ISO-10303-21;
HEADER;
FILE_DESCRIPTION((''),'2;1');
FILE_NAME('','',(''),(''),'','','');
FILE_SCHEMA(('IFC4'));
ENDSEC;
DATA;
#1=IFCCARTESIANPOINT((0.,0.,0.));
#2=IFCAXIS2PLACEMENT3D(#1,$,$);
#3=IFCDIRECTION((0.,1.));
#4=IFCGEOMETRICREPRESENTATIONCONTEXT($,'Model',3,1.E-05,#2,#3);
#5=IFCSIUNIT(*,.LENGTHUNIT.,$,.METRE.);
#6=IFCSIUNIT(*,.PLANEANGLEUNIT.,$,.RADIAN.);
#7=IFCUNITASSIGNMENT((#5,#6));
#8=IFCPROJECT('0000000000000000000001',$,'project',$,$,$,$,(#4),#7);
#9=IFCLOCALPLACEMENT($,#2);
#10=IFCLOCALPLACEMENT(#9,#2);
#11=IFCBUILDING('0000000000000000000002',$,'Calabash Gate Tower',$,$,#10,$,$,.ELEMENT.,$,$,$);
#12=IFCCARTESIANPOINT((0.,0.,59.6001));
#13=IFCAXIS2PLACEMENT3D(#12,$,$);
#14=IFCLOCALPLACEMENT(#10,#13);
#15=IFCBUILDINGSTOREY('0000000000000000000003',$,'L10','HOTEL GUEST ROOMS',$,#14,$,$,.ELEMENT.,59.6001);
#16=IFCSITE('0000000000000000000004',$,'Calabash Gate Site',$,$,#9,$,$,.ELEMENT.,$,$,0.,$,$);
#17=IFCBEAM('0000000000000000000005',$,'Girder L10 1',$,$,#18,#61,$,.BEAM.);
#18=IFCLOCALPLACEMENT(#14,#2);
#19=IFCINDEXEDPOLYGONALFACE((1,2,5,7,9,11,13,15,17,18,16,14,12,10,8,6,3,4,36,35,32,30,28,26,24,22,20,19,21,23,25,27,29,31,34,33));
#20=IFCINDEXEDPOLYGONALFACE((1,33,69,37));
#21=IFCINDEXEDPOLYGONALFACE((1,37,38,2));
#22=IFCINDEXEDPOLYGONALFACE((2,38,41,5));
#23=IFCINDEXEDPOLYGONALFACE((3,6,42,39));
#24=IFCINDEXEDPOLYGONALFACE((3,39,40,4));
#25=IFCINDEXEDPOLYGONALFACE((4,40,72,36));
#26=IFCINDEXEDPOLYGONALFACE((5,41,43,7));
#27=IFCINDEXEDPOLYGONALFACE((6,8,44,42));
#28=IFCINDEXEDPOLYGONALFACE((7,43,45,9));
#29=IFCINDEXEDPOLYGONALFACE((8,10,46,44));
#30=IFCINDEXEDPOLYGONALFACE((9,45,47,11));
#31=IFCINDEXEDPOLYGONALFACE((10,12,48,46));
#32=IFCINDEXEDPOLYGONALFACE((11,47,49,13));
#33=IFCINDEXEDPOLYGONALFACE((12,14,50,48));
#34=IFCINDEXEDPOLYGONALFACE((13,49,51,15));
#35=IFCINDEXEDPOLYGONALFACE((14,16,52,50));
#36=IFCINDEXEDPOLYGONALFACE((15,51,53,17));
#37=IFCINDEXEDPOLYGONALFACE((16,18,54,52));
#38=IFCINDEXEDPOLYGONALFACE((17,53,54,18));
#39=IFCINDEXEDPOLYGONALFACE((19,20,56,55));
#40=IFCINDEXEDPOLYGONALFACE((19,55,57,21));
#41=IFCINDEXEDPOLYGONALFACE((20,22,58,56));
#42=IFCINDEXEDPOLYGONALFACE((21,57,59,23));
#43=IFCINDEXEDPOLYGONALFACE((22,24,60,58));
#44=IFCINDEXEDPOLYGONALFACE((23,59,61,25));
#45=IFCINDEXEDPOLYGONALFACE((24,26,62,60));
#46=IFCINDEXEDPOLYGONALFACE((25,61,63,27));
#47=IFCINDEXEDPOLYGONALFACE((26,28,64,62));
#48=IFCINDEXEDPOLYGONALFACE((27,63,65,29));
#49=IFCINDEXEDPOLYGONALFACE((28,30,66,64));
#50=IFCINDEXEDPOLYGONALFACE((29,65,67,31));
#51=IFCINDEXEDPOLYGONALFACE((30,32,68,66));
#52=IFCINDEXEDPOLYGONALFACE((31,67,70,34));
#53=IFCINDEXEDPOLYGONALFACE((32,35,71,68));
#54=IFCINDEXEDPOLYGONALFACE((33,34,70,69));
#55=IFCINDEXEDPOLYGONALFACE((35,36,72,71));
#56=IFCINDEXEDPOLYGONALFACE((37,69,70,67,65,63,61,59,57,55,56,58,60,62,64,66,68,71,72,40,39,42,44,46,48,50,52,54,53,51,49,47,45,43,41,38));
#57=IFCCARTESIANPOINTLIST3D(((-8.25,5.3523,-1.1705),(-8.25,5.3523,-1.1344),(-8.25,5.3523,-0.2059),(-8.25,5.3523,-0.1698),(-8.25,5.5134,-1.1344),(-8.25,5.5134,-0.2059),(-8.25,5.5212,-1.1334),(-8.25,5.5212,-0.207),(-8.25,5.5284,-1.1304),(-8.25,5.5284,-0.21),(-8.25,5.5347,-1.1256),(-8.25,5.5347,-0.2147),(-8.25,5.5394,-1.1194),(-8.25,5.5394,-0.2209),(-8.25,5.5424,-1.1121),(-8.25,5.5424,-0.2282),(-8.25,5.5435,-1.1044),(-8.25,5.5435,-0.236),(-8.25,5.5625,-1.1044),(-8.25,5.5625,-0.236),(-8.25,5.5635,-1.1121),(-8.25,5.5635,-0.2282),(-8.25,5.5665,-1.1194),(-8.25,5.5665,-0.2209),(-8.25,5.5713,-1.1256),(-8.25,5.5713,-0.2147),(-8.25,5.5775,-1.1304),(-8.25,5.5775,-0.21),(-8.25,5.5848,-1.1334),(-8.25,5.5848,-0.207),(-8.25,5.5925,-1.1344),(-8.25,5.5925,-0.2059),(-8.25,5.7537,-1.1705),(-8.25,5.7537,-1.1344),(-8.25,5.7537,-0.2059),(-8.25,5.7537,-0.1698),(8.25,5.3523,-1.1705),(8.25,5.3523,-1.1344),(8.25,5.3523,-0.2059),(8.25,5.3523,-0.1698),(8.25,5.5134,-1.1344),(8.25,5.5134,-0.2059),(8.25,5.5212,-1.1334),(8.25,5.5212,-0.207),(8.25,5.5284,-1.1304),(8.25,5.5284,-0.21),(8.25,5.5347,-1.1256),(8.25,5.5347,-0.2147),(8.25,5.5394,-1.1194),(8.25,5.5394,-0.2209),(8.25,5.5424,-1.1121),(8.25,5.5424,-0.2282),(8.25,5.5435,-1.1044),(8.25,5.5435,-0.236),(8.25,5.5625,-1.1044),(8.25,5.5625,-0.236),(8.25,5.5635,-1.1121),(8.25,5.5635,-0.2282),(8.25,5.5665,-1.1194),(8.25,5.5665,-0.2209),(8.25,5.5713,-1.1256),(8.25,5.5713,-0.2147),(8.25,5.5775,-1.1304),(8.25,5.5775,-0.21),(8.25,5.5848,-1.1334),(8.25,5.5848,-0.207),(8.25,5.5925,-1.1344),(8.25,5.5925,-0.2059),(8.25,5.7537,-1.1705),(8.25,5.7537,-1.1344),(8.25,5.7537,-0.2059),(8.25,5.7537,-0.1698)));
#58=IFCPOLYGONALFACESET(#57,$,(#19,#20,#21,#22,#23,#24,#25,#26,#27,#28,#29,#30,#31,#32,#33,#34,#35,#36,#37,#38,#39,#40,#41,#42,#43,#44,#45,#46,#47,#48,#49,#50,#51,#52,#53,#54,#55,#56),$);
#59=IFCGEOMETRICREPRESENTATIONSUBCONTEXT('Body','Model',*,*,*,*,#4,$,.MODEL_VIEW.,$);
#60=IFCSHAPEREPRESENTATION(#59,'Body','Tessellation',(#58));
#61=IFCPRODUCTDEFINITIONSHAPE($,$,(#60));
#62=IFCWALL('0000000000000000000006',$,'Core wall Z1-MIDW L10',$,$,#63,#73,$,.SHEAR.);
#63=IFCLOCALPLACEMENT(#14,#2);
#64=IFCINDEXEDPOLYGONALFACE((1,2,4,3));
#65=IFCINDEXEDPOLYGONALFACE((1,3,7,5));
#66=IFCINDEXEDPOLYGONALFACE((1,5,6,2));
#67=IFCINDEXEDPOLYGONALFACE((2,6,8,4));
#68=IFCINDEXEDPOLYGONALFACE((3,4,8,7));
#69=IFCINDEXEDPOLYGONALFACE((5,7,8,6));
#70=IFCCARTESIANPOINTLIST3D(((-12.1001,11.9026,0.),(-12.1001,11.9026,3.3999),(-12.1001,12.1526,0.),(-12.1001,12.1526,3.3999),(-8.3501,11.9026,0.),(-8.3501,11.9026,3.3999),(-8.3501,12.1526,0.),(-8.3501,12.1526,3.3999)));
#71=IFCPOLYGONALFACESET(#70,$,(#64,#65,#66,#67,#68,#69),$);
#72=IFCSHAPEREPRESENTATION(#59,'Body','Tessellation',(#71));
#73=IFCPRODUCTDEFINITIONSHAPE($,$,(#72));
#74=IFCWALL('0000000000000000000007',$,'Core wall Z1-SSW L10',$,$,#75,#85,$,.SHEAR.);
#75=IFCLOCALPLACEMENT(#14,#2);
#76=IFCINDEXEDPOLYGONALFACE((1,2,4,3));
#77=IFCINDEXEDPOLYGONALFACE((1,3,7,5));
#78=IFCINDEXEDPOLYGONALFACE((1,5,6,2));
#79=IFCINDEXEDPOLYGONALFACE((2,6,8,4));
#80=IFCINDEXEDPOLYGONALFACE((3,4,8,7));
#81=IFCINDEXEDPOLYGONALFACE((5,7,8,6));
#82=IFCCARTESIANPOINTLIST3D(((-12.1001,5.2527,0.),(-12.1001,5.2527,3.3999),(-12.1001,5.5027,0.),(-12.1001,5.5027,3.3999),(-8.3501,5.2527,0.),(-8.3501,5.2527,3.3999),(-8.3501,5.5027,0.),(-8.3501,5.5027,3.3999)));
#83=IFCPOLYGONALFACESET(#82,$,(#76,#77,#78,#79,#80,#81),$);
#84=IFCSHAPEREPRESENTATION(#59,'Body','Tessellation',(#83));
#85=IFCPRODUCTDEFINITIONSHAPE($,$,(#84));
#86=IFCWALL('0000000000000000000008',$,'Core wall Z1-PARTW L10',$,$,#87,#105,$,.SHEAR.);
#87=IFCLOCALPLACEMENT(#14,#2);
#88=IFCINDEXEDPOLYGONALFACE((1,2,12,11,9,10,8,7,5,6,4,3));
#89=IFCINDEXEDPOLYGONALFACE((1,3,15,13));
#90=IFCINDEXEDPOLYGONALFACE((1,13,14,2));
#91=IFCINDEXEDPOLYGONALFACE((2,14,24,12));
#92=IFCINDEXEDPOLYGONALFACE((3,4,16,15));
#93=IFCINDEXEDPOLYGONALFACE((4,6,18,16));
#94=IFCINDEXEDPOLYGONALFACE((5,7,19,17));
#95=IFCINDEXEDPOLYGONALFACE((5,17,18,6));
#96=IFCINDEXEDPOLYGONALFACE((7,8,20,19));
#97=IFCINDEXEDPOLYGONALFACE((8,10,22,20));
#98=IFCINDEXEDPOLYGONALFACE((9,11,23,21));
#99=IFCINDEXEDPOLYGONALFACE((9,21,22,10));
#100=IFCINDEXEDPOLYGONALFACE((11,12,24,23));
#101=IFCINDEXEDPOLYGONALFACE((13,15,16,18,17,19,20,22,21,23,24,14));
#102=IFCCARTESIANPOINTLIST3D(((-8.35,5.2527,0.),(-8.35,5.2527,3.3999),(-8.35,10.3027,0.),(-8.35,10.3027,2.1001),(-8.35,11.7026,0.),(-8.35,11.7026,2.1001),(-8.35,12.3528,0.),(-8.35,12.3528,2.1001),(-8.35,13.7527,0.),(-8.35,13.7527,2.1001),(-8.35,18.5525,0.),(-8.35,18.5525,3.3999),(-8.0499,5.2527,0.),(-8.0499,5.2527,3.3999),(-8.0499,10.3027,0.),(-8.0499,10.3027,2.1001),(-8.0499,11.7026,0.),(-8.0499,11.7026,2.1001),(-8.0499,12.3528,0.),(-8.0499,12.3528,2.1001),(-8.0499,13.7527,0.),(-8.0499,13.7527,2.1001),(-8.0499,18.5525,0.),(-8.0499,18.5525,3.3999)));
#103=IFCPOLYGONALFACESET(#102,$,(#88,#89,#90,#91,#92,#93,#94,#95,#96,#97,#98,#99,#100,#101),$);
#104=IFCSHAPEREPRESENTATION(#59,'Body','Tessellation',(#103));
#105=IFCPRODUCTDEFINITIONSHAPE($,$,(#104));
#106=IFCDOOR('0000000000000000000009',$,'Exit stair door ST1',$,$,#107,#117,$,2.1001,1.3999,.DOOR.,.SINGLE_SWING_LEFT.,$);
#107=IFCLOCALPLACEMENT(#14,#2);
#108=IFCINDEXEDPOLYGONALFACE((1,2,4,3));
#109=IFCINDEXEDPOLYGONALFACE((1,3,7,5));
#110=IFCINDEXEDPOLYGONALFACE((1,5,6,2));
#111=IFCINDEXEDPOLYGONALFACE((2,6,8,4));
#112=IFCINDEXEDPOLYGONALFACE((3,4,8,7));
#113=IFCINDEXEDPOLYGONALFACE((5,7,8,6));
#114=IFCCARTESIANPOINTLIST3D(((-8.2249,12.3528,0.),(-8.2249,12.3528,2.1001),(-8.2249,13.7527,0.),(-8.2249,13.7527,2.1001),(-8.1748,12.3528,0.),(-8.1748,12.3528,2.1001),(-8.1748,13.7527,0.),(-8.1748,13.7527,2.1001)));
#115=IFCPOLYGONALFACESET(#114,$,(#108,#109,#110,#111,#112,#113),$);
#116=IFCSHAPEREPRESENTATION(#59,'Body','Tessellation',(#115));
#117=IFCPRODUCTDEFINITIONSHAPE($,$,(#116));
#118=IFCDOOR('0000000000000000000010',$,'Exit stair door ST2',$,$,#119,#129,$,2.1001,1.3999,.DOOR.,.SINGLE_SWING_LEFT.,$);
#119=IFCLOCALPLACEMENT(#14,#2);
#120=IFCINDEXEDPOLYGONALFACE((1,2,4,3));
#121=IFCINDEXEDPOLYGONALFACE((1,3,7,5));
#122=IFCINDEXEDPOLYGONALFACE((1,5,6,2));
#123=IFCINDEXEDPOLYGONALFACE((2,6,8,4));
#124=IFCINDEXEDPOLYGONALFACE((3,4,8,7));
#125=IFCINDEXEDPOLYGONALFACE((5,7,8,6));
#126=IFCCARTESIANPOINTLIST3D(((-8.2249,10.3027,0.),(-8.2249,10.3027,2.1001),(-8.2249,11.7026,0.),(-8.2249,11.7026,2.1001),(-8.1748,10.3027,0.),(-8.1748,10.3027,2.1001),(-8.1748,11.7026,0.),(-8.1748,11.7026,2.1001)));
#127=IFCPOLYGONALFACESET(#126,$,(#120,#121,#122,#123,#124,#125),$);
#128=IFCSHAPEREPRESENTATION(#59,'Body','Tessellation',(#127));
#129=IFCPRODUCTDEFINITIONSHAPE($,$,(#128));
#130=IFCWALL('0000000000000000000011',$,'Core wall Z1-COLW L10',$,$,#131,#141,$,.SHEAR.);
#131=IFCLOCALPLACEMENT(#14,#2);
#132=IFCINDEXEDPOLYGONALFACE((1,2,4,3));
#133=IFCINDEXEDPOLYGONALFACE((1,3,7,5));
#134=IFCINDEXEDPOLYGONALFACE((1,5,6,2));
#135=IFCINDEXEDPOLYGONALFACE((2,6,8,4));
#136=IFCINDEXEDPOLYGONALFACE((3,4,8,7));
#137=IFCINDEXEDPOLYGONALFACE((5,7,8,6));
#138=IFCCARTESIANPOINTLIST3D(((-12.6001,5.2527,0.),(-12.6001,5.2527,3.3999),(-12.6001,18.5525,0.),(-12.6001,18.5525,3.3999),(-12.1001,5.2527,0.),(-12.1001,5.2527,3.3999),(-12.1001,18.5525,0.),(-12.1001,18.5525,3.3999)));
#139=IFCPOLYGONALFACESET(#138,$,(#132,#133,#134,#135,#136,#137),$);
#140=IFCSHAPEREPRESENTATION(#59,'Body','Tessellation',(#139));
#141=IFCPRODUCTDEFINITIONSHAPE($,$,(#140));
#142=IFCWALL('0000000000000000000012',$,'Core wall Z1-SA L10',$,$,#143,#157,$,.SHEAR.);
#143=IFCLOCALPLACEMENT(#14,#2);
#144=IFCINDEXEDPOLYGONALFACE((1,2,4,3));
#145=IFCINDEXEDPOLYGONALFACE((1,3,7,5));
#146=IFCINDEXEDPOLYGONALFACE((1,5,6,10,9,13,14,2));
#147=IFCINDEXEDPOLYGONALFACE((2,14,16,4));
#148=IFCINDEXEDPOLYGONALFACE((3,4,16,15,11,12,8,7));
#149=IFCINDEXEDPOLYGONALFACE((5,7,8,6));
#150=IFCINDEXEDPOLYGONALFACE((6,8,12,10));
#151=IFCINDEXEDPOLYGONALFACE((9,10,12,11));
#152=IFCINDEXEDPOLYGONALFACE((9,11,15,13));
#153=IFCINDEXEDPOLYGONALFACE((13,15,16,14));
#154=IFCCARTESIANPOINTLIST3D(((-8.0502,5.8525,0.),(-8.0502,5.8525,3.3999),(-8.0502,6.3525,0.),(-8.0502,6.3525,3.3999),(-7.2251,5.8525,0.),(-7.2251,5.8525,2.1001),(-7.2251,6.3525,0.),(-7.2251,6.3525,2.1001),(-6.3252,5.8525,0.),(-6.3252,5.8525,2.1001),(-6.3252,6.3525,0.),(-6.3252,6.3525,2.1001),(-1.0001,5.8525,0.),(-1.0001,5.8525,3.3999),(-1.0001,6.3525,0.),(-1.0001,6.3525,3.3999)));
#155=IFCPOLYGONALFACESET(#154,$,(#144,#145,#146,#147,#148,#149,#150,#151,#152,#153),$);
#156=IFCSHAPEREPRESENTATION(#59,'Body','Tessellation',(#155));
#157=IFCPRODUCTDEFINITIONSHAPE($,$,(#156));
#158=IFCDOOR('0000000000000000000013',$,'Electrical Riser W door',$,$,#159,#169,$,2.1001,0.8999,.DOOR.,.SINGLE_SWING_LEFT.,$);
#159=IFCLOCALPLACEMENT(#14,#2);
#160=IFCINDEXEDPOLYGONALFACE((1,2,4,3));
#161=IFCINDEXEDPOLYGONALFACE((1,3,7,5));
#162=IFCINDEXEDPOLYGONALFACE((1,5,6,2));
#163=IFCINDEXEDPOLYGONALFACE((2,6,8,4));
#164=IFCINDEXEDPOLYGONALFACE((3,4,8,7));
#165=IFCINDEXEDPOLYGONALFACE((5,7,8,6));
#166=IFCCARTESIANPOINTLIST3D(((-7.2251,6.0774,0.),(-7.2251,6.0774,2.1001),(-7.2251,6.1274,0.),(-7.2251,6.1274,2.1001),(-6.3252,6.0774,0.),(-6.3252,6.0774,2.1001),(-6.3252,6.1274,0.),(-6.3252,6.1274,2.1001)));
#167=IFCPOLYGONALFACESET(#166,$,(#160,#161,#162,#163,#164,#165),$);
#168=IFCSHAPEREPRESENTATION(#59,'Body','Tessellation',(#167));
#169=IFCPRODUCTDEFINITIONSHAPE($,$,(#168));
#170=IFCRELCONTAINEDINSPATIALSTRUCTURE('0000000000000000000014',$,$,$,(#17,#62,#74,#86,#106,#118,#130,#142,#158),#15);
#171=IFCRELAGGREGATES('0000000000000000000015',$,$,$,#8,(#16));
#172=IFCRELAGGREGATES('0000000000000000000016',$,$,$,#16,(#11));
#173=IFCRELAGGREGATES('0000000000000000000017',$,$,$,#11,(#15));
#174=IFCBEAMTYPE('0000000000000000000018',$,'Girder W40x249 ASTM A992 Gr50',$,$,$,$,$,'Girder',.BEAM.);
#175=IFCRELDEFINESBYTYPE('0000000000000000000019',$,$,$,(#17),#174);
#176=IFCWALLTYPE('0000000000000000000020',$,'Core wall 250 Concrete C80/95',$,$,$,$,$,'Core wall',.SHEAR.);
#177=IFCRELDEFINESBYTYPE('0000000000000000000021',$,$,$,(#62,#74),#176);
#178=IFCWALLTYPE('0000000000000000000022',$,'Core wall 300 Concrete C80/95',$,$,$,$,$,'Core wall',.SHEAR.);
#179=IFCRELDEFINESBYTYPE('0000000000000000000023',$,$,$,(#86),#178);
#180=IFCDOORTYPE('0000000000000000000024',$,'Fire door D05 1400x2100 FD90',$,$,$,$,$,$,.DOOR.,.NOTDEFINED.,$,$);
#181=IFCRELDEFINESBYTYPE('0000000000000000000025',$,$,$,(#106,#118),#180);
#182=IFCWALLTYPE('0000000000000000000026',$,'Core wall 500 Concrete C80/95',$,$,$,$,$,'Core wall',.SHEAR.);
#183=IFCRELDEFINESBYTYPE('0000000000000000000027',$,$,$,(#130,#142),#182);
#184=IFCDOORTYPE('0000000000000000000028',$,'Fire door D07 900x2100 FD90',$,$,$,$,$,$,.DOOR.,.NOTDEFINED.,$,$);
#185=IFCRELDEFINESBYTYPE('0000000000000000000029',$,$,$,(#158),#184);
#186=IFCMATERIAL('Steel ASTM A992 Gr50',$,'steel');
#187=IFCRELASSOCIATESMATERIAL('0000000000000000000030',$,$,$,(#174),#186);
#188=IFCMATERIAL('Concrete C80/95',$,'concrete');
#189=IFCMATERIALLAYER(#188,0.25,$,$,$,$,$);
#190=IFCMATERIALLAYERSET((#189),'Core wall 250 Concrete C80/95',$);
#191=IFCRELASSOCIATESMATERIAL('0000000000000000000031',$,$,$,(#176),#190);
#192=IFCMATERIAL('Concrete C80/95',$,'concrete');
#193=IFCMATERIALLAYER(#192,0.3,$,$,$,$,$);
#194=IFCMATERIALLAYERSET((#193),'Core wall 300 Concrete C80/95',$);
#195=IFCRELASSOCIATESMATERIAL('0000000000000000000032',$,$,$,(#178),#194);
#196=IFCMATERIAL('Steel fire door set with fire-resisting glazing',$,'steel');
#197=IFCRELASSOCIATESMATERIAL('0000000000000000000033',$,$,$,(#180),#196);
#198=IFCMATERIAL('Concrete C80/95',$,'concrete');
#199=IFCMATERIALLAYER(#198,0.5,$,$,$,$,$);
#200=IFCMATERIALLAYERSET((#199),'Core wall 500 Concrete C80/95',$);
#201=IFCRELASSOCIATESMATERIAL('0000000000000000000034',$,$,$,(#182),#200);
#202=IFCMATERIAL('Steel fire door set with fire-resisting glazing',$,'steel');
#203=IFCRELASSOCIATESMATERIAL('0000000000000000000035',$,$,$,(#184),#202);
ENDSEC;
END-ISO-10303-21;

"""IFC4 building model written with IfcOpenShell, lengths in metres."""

from ifc_helpers import new_model, si_unit, direction, frame, frame_2d, origin, origin_2d, place, context, subcontext, project, spatial, rectangle, i_section, extrude, material, layer, layer_set, material_profile, profile_set, type_object, element, fill, save


model = new_model("IFC4")

# Units and contexts
model_context = context("Model", 3, precision=1e-05, world=origin(), true_north=direction((0.0, 1.0)))
body_context = subcontext(model_context, "Body", "Model", "MODEL_VIEW")
ifc_project = project(units=[si_unit("LENGTHUNIT", "METRE"), si_unit("PLANEANGLEUNIT", "RADIAN")], contexts=[model_context])

# Site, building, storey
site_placement = place(None, origin())
site = spatial("IfcSite", under=ifc_project, at=site_placement, Name="Calabash Gate Site", CompositionType="ELEMENT", RefElevation=0.0)
building_placement = place(site_placement, origin())
building = spatial("IfcBuilding", under=site, at=building_placement, Name="Calabash Gate Tower", CompositionType="ELEMENT")
storey_placement = place(building_placement, frame((0.0, 0.0, 59.6001)))
storey = spatial("IfcBuildingStorey", under=building, at=storey_placement, Name="L10", Description="HOTEL GUEST ROOMS", CompositionType="ELEMENT", Elevation=59.6001)

# Beam
ifc_material_1 = material(Name="Steel ASTM A992 Gr50", Category="steel")
ifc_material_profile = material_profile(ifc_material_1, i_section(OverallWidth=0.4014, OverallDepth=1.0007, WebThickness=0.019, FlangeThickness=0.0361, FilletRadius=0.03, at=origin_2d()))
ifc_profile_set = profile_set([ifc_material_profile], Name="Steel ASTM A992 Gr50")
beam_type = type_object("IfcBeamType", Name="Girder W40x249 ASTM A992 Gr50", ElementType="Girder", PredefinedType="BEAM", material=ifc_profile_set)
beam_placement = place(storey_placement, frame((-8.25, 5.553, -0.6702), z_axis=(1.0, 0.0, 0.0), x_axis=(0.0, 1.0, 0.0)))
element("IfcBeam", 1, at=beam_placement, inside=storey, type_object=beam_type, Name="Girder L10 1", PredefinedType="BEAM", context=body_context, shape_type="SweptSolid", body=[
    extrude(i_section(OverallWidth=0.4014, OverallDepth=1.0007, WebThickness=0.019, FlangeThickness=0.0361, FilletRadius=0.03, at=origin_2d()), origin(), (0.0, 0.0, 1.0), 16.5),
])

# Walls
ifc_material_2 = material(Name="Concrete C80/95", Category="concrete")
ifc_layer_1 = layer(ifc_material_2, 0.25)
ifc_layer_set_1 = layer_set([ifc_layer_1], Name="Core wall 250 Concrete C80/95")
wall_type_1 = type_object("IfcWallType", Name="Core wall 250 Concrete C80/95", ElementType="Core wall", PredefinedType="SHEAR", material=ifc_layer_set_1)
for number, where, z_axis, x_axis, name in (
    (2, (-12.1001, 12.0276, 0.0), (0.0, 0.0, 1.0), (1.0, 0.0, 0.0), "Core wall Z1-MIDW L10"),
    (3, (-12.1001, 5.3777, 0.0), (0.0, 0.0, 1.0), (1.0, 0.0, 0.0), "Core wall Z1-SSW L10"),
):
    element("IfcWall", number, at=place(storey_placement, frame(where, z_axis=z_axis, x_axis=x_axis)), inside=storey, type_object=wall_type_1, Name=name, PredefinedType="SHEAR", context=body_context, shape_type="SweptSolid", body=[
        extrude(rectangle(XDim=3.75, YDim=0.25, at=frame_2d((1.875, 0.0))), origin(), (0.0, 0.0, 1.0), 3.3999),
    ])

# Wall, openings, doors
ifc_material_3 = material(Name="Concrete C80/95", Category="concrete")
ifc_layer_2 = layer(ifc_material_3, 0.3)
ifc_layer_set_2 = layer_set([ifc_layer_2], Name="Core wall 300 Concrete C80/95")
wall_type_2 = type_object("IfcWallType", Name="Core wall 300 Concrete C80/95", ElementType="Core wall", PredefinedType="SHEAR", material=ifc_layer_set_2)
wall_1_placement = place(storey_placement, frame((-8.2, 5.2527, 0.0), z_axis=(0.0, 0.0, 1.0), x_axis=(0.0, 1.0, 0.0)))
wall_1 = element("IfcWall", 4, at=wall_1_placement, inside=storey, type_object=wall_type_2, Name="Core wall Z1-PARTW L10", PredefinedType="SHEAR", context=body_context, shape_type="SweptSolid", body=[
    extrude(rectangle(XDim=13.2998, YDim=0.3, at=frame_2d((6.6499, 0.0))), origin(), (0.0, 0.0, 1.0), 3.3999),
])
opening_1_placement = place(wall_1_placement, frame((7.1001, 0.0, 0.0)))
opening_1 = element("IfcOpeningElement", 5, at=opening_1_placement, cuts=wall_1, PredefinedType="OPENING", context=body_context, shape_type="SweptSolid", body=[
    extrude(rectangle(XDim=1.3999, YDim=2.1001, at=frame_2d((0.7, 1.05))), frame((0.0, 0.1599, 0.0), z_axis=(0.0, -1.0, 0.0), x_axis=(1.0, 0.0, 0.0)), (0.0, 0.0, 1.0), 0.3201),
])
opening_2_placement = place(wall_1_placement, frame((5.05, 0.0, 0.0)))
opening_2 = element("IfcOpeningElement", 6, at=opening_2_placement, cuts=wall_1, PredefinedType="OPENING", context=body_context, shape_type="SweptSolid", body=[
    extrude(rectangle(XDim=1.3999, YDim=2.1001, at=frame_2d((0.7, 1.05))), frame((0.0, 0.1599, 0.0), z_axis=(0.0, -1.0, 0.0), x_axis=(1.0, 0.0, 0.0)), (0.0, 0.0, 1.0), 0.3201),
])
ifc_material_4 = material(Name="Steel fire door set with fire-resisting glazing", Category="steel")
door_type_1 = type_object("IfcDoorType", Name="Fire door D05 1400x2100 FD90", OperationType="NOTDEFINED", PredefinedType="DOOR", material=ifc_material_4)
door_1_placement = place(opening_1_placement, origin())
door_1 = element("IfcDoor", 7, at=door_1_placement, inside=storey, type_object=door_type_1, Name="Exit stair door ST1", OperationType="SINGLE_SWING_LEFT", OverallHeight=2.1001, OverallWidth=1.3999, PredefinedType="DOOR", context=body_context, shape_type="SweptSolid", body=[
    extrude(rectangle(XDim=1.3999, YDim=2.1001, at=frame_2d((0.7, 1.05))), frame((0.0, 0.0249, 0.0), z_axis=(0.0, -1.0, 0.0), x_axis=(1.0, 0.0, 0.0)), (0.0, 0.0, 1.0), 0.05),
])
fill(opening_1, door_1)
door_2_placement = place(opening_2_placement, origin())
door_2 = element("IfcDoor", 8, at=door_2_placement, inside=storey, type_object=door_type_1, Name="Exit stair door ST2", OperationType="SINGLE_SWING_LEFT", OverallHeight=2.1001, OverallWidth=1.3999, PredefinedType="DOOR", context=body_context, shape_type="SweptSolid", body=[
    extrude(rectangle(XDim=1.3999, YDim=2.1001, at=frame_2d((0.7, 1.05))), frame((0.0, 0.0249, 0.0), z_axis=(0.0, -1.0, 0.0), x_axis=(1.0, 0.0, 0.0)), (0.0, 0.0, 1.0), 0.05),
])
fill(opening_2, door_2)

# Wall
ifc_material_5 = material(Name="Concrete C80/95", Category="concrete")
ifc_layer_3 = layer(ifc_material_5, 0.5)
ifc_layer_set_3 = layer_set([ifc_layer_3], Name="Core wall 500 Concrete C80/95")
wall_type_3 = type_object("IfcWallType", Name="Core wall 500 Concrete C80/95", ElementType="Core wall", PredefinedType="SHEAR", material=ifc_layer_set_3)
wall_2_placement = place(storey_placement, frame((-12.3501, 5.2527, 0.0), z_axis=(0.0, 0.0, 1.0), x_axis=(0.0, 1.0, 0.0)))
element("IfcWall", 9, at=wall_2_placement, inside=storey, type_object=wall_type_3, Name="Core wall Z1-COLW L10", PredefinedType="SHEAR", context=body_context, shape_type="SweptSolid", body=[
    extrude(rectangle(XDim=13.2998, YDim=0.5, at=frame_2d((6.6499, 0.0))), origin(), (0.0, 0.0, 1.0), 3.3999),
])

# Wall, opening, door
wall_3_placement = place(storey_placement, frame((-8.05, 6.1025, 0.0), z_axis=(0.0, 0.0, 1.0), x_axis=(1.0, 0.0, 0.0)))
wall_3 = element("IfcWall", 10, at=wall_3_placement, inside=storey, type_object=wall_type_3, Name="Core wall Z1-SA L10", PredefinedType="SHEAR", context=body_context, shape_type="SweptSolid", body=[
    extrude(rectangle(XDim=7.05, YDim=0.5, at=frame_2d((3.5249, 0.0))), origin(), (0.0, 0.0, 1.0), 3.3999),
])
opening_3_placement = place(wall_3_placement, frame((0.825, 0.0, 0.0)))
opening_3 = element("IfcOpeningElement", 11, at=opening_3_placement, cuts=wall_3, PredefinedType="OPENING", context=body_context, shape_type="SweptSolid", body=[
    extrude(rectangle(XDim=0.8999, YDim=2.1001, at=frame_2d((0.45, 1.05))), frame((0.0, 0.26, 0.0), z_axis=(0.0, -1.0, 0.0), x_axis=(1.0, 0.0, 0.0)), (0.0, 0.0, 1.0), 0.52),
])
ifc_material_6 = material(Name="Steel fire door set with fire-resisting glazing", Category="steel")
door_type_2 = type_object("IfcDoorType", Name="Fire door D07 900x2100 FD90", OperationType="NOTDEFINED", PredefinedType="DOOR", material=ifc_material_6)
door_3_placement = place(opening_3_placement, origin())
door_3 = element("IfcDoor", 12, at=door_3_placement, inside=storey, type_object=door_type_2, Name="Electrical Riser W door", OperationType="SINGLE_SWING_LEFT", OverallHeight=2.1001, OverallWidth=0.8999, PredefinedType="DOOR", context=body_context, shape_type="SweptSolid", body=[
    extrude(rectangle(XDim=0.8999, YDim=2.1001, at=frame_2d((0.45, 1.05))), frame((0.0, 0.0249, 0.0), z_axis=(0.0, -1.0, 0.0), x_axis=(1.0, 0.0, 0.0)), (0.0, 0.0, 1.0), 0.05),
])
fill(opening_3, door_3)

save(model, "model.ifc")
